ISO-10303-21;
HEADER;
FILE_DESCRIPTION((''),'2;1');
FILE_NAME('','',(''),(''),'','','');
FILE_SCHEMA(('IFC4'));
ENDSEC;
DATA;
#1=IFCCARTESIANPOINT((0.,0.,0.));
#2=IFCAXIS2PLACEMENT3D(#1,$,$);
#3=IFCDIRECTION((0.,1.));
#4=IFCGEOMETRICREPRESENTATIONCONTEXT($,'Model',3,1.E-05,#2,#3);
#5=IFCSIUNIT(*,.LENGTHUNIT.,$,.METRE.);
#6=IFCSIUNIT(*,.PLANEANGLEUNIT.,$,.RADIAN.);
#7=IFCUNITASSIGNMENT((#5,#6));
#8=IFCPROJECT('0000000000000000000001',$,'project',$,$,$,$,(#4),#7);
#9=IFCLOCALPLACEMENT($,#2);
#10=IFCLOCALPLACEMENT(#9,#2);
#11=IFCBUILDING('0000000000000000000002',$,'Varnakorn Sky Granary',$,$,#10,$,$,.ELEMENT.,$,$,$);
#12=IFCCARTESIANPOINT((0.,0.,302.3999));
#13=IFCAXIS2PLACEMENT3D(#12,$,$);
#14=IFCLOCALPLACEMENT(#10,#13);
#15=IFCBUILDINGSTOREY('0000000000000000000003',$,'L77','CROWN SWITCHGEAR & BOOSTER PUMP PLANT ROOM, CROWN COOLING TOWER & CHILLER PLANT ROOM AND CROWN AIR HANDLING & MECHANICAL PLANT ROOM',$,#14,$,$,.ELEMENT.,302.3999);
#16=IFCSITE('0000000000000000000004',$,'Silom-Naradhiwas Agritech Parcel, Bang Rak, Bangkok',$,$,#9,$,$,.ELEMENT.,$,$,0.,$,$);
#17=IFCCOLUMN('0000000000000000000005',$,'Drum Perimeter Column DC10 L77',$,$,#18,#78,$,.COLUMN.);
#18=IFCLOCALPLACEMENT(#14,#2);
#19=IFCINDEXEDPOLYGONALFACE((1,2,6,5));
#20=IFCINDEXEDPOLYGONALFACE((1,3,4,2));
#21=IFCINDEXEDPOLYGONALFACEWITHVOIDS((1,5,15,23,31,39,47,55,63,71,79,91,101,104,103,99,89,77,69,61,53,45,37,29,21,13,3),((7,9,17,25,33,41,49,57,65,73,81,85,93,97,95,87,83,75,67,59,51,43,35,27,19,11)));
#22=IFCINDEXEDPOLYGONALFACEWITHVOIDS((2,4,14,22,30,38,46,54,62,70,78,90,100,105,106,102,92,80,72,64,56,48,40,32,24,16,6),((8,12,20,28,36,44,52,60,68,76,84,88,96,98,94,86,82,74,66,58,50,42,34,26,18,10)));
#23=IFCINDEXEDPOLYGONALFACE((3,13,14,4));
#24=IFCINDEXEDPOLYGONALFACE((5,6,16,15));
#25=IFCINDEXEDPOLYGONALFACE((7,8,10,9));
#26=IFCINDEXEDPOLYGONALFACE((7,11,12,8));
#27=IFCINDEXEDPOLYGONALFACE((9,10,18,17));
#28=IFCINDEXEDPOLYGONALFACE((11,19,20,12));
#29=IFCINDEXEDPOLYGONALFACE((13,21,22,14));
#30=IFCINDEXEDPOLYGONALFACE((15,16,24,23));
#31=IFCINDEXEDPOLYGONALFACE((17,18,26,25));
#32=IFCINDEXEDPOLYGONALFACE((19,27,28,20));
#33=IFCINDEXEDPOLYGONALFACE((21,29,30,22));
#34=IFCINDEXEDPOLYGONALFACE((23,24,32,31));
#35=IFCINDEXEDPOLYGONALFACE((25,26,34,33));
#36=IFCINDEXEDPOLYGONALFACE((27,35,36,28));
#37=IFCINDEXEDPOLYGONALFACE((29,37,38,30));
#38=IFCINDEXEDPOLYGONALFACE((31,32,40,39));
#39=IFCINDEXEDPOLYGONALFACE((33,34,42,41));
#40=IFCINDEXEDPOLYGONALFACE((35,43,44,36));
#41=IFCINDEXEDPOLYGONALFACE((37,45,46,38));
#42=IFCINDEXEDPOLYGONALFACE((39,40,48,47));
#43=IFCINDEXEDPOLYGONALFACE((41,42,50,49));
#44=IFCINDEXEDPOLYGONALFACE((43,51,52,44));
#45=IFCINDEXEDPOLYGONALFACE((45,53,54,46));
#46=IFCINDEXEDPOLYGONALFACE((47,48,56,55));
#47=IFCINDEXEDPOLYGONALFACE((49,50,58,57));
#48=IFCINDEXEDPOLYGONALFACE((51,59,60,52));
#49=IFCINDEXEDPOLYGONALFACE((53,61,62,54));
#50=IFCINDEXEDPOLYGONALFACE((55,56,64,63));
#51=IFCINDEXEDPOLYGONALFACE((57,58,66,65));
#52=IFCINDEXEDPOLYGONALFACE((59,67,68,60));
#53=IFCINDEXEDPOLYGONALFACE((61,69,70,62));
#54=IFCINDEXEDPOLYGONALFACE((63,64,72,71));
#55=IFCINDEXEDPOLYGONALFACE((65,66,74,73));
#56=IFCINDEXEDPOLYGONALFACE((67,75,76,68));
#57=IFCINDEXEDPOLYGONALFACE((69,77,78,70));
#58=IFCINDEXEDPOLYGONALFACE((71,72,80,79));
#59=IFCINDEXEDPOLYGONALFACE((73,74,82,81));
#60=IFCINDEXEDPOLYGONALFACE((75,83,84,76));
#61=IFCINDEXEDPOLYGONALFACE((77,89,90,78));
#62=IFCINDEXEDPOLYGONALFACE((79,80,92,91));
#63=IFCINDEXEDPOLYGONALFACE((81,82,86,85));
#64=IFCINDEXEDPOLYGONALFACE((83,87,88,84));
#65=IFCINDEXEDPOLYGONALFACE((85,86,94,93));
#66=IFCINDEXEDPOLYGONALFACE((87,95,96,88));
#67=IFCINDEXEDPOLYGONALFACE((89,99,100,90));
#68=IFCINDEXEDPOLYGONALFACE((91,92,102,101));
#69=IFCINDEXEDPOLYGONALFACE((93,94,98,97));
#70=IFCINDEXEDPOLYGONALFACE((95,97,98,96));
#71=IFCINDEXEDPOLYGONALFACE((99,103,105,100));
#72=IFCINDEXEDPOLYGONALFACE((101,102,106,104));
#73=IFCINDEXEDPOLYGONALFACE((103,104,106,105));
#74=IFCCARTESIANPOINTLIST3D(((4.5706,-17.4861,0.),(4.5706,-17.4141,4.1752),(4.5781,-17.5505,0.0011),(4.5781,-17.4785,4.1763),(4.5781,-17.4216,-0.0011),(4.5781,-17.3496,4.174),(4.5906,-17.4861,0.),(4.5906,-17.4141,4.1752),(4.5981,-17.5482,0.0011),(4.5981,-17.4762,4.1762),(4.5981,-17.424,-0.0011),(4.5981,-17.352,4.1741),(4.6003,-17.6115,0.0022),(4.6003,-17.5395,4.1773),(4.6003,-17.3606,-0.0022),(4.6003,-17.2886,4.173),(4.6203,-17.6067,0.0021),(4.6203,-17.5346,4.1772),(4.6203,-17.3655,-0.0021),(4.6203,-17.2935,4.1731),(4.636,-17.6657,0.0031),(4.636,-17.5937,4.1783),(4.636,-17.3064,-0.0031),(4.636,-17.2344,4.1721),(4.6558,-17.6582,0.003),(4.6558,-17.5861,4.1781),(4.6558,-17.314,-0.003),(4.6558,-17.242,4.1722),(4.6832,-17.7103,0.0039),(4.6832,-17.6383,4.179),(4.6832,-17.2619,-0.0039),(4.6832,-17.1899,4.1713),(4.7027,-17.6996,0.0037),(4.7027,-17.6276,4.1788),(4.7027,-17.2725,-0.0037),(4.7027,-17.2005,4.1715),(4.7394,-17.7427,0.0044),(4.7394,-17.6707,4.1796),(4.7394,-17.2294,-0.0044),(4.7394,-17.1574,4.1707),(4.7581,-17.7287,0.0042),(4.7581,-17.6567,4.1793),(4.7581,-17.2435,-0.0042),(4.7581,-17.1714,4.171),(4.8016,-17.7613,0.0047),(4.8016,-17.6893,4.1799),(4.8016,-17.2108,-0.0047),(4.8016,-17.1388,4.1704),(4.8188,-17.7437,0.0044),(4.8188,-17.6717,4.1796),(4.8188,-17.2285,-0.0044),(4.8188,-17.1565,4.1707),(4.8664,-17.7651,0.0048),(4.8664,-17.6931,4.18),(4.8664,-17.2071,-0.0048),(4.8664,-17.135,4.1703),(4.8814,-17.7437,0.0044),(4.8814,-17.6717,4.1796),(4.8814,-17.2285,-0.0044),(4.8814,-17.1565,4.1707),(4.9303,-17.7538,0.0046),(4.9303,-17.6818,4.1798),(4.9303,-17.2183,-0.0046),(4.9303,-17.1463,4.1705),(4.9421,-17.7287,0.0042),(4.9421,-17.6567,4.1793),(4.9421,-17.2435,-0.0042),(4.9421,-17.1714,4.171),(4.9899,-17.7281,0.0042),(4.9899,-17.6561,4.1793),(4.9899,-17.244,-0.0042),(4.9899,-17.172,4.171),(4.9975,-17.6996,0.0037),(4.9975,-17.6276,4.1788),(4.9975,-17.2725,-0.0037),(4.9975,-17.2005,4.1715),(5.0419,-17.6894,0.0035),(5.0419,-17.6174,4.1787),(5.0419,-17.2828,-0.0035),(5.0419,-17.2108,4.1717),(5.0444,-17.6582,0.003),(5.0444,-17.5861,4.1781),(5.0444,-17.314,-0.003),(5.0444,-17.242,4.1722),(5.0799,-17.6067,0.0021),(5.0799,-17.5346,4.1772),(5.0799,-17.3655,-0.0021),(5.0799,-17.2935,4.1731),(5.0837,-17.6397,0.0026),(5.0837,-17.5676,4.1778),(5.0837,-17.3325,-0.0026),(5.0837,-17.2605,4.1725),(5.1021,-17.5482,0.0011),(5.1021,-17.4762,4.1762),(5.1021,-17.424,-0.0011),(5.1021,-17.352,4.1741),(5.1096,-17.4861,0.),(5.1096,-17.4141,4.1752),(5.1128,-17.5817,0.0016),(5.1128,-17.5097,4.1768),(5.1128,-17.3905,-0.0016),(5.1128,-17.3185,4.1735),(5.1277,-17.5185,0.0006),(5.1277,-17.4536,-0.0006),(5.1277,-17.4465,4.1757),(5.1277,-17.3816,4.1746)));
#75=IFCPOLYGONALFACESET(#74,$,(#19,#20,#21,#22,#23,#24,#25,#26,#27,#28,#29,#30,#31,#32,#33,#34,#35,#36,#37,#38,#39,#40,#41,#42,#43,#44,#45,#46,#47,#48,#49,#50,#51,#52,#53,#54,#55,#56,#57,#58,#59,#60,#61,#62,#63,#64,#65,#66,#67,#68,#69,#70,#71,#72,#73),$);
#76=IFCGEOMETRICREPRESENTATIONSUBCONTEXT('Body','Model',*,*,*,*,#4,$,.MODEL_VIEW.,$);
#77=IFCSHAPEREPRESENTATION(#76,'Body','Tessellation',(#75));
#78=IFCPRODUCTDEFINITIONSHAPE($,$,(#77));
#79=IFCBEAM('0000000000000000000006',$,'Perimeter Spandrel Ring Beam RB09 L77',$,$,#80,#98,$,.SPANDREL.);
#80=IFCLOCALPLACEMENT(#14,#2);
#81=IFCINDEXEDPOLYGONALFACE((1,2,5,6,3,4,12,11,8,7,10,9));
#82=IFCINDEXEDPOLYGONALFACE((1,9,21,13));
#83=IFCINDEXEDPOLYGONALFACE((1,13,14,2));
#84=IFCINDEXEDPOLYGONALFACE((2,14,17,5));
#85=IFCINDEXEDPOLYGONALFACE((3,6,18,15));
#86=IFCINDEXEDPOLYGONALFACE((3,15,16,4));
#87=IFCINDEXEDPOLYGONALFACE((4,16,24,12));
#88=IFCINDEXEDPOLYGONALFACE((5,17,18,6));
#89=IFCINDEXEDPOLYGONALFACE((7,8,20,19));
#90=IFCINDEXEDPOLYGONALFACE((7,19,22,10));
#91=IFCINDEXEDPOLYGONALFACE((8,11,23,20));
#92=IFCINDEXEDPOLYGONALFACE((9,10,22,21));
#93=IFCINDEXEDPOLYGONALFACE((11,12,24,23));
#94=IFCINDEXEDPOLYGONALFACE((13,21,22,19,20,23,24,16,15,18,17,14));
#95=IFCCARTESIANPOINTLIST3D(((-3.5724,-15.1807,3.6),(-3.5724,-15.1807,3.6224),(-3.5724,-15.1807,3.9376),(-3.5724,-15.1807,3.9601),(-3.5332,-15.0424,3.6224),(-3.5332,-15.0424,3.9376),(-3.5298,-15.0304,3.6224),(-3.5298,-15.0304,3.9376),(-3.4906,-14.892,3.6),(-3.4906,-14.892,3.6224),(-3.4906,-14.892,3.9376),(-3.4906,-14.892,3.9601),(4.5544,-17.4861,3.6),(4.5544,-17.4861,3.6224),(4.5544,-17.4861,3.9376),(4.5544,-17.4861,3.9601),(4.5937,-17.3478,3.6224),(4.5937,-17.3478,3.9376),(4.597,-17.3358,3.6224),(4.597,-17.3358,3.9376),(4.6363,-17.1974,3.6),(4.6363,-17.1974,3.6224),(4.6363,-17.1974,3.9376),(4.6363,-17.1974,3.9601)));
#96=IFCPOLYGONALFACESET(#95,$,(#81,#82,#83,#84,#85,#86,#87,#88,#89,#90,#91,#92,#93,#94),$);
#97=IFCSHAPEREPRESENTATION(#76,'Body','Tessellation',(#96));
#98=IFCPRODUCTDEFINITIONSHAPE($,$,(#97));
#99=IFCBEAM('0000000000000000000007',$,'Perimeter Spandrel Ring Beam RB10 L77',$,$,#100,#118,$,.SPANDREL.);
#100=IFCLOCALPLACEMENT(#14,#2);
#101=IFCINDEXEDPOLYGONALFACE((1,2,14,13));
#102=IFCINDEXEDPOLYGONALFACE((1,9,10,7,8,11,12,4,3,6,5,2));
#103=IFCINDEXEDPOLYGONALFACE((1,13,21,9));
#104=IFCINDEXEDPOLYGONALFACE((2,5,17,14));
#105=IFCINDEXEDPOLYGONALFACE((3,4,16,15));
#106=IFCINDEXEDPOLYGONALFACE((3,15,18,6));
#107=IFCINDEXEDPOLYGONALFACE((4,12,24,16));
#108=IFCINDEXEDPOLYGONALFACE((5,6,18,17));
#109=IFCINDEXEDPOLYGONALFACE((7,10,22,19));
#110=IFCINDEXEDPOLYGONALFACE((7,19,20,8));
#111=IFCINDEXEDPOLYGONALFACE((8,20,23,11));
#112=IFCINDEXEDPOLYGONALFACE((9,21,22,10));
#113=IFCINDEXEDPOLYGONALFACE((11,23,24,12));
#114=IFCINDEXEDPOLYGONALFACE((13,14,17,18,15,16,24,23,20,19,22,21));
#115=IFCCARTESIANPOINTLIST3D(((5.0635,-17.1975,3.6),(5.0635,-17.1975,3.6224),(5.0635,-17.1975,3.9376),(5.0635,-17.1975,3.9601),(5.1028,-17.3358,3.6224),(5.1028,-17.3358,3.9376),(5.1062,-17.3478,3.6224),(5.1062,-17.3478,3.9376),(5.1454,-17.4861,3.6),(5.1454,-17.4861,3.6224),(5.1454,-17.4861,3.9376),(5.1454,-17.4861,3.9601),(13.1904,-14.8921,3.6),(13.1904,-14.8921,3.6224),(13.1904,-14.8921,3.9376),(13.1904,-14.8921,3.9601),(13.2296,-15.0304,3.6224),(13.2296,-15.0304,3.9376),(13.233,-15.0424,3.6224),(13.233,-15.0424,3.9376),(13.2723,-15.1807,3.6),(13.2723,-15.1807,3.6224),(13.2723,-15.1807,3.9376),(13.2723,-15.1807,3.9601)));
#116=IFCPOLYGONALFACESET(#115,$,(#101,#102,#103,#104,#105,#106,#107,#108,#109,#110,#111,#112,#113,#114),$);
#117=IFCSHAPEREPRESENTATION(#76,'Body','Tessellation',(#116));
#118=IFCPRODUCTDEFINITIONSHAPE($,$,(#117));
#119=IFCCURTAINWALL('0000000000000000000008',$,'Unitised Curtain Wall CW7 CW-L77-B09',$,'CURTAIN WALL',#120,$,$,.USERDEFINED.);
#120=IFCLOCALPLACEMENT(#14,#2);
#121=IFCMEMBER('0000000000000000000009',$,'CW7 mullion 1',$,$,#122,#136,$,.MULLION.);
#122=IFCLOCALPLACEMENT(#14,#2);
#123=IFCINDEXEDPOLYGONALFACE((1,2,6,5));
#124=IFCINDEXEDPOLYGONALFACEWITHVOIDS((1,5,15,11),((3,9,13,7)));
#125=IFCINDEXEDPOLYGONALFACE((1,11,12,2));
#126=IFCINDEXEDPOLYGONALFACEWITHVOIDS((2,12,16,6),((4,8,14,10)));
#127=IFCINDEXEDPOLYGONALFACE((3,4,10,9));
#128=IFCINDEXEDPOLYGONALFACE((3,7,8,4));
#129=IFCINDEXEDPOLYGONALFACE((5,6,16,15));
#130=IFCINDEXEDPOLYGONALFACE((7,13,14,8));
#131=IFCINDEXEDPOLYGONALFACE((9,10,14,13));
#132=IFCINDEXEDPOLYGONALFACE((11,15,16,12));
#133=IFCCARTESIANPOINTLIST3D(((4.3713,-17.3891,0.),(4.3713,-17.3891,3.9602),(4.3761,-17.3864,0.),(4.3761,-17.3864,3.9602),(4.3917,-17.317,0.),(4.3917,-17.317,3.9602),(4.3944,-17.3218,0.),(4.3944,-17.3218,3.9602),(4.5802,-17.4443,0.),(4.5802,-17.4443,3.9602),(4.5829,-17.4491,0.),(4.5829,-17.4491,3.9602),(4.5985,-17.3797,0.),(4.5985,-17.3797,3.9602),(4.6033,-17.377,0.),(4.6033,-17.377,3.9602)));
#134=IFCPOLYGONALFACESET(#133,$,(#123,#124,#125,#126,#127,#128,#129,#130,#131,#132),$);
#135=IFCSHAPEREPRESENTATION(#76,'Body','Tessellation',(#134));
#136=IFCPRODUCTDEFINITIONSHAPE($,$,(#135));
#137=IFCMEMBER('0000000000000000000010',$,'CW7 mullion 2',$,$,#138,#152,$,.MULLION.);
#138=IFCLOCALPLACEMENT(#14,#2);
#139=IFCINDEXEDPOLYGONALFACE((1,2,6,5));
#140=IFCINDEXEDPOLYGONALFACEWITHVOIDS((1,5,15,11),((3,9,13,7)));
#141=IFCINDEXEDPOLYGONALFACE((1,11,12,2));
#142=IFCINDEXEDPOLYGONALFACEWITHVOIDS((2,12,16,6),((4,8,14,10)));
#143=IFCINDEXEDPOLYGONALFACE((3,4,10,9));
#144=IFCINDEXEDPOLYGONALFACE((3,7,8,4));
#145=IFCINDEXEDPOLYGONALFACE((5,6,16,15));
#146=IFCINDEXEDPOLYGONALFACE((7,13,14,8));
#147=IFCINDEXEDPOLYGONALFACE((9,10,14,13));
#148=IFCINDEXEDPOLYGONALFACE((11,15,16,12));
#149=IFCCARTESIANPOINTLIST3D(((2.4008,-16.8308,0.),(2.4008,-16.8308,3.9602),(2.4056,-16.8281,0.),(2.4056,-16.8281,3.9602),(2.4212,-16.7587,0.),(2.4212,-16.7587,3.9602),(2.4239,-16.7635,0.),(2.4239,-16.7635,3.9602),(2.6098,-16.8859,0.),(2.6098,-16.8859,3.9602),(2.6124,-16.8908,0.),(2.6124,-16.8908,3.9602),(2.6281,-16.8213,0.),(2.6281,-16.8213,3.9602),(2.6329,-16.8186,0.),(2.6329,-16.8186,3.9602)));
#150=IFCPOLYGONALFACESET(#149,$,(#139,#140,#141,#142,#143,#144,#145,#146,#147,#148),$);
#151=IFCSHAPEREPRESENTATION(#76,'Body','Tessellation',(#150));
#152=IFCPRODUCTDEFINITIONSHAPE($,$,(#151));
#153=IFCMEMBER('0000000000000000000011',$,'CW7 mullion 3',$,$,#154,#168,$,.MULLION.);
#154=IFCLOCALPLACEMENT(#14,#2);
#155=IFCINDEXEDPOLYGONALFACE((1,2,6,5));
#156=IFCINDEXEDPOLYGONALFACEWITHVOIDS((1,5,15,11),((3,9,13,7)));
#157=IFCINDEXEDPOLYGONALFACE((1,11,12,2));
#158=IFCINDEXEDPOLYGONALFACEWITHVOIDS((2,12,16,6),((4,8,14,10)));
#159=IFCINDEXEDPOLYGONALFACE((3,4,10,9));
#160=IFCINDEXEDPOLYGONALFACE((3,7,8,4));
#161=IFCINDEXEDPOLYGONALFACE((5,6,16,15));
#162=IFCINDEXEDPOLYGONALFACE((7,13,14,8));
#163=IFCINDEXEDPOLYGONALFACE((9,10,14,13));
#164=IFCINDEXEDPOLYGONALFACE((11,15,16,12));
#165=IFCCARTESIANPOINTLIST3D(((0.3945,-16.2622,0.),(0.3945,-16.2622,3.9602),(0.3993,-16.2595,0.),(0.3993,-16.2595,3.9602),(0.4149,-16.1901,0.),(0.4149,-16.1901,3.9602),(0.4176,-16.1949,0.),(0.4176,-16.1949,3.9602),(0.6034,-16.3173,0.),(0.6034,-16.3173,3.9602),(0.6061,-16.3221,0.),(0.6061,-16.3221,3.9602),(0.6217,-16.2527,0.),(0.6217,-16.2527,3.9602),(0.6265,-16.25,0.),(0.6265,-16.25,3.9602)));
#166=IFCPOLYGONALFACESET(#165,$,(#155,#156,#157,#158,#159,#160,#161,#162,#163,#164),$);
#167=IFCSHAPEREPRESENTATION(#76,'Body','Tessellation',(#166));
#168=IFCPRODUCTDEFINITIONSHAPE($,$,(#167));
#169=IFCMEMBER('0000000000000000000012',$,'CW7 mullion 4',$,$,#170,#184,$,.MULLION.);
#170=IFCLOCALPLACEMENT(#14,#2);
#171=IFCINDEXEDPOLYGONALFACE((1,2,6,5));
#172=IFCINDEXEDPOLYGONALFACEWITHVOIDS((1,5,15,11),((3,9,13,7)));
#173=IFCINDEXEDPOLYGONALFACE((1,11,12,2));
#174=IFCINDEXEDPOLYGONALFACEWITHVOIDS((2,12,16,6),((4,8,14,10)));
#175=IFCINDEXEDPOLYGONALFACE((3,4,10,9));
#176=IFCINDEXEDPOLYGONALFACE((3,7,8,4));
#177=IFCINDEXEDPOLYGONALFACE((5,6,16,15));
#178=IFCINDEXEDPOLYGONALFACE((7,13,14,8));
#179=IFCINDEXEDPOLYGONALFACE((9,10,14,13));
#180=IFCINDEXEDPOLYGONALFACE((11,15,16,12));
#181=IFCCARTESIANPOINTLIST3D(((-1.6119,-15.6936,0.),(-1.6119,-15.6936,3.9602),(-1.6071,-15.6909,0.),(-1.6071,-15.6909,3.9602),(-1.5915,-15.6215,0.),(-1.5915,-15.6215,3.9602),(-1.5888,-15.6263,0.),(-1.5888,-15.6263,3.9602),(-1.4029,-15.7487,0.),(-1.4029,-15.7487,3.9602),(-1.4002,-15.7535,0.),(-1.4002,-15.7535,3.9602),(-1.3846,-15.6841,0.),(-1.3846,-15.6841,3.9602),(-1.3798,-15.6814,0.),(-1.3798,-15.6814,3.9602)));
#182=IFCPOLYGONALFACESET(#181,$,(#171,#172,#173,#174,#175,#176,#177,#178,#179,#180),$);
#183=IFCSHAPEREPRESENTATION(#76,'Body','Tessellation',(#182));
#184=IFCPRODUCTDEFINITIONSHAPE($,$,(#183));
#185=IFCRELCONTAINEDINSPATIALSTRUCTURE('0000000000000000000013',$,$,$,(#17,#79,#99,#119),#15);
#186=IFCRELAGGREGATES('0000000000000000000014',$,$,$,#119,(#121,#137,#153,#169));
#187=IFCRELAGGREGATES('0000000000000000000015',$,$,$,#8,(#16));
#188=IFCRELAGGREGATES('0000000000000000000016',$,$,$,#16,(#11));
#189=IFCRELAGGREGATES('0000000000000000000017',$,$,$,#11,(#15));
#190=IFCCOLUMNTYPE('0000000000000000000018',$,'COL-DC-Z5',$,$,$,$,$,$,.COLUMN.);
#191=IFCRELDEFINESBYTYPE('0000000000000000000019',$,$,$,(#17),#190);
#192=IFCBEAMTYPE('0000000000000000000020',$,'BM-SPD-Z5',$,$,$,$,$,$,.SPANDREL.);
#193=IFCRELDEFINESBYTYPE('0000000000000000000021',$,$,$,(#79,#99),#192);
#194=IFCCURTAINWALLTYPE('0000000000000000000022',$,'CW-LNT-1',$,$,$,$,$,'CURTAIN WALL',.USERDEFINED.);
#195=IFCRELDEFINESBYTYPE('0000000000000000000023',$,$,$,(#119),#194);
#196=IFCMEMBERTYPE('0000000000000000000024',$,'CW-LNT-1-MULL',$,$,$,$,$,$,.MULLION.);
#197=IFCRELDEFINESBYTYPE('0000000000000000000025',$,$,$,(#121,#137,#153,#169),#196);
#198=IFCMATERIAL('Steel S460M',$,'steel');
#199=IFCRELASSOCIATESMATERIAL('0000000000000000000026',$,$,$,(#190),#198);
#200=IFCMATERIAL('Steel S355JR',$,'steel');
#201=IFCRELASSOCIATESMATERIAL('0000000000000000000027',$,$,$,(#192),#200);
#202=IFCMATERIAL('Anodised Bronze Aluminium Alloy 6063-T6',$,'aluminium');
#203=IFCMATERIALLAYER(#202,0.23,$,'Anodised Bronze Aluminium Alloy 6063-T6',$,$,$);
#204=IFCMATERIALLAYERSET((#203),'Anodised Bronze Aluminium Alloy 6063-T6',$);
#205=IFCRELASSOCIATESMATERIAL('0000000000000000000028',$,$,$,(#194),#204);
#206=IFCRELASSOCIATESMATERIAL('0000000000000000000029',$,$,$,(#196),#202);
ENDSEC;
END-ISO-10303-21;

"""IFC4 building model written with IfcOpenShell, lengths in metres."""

from ifc_helpers import new_model, si_unit, direction, frame, origin, origin_2d, place, context, subcontext, project, spatial, hollow_rectangle, hollow_circle, i_section, extrude, material, layer, layer_set, material_profile, profile_set, type_object, element, aggregate, save


model = new_model("IFC4")

# Units and contexts
model_context = context("Model", 3, precision=1e-05, world=origin(), true_north=direction((0.0, 1.0)))
body_context = subcontext(model_context, "Body", "Model", "MODEL_VIEW")
ifc_project = project(units=[si_unit("LENGTHUNIT", "METRE"), si_unit("PLANEANGLEUNIT", "RADIAN")], contexts=[model_context])

# Site, building, storey
site_placement = place(None, origin())
site = spatial("IfcSite", under=ifc_project, at=site_placement, Name="Silom-Naradhiwas Agritech Parcel, Bang Rak, Bangkok", CompositionType="ELEMENT", RefElevation=0.0)
building_placement = place(site_placement, origin())
building = spatial("IfcBuilding", under=site, at=building_placement, Name="Varnakorn Sky Granary", CompositionType="ELEMENT")
storey_placement = place(building_placement, frame((0.0, 0.0, 302.3999)))
storey = spatial("IfcBuildingStorey", under=building, at=storey_placement, Name="L77", Description="CROWN SWITCHGEAR & BOOSTER PUMP PLANT ROOM, CROWN COOLING TOWER & CHILLER PLANT ROOM AND CROWN AIR HANDLING & MECHANICAL PLANT ROOM", CompositionType="ELEMENT", Elevation=302.3999)

# Column
ifc_material_1 = material(Name="Steel S460M", Category="steel")
ifc_material_profile_1 = material_profile(ifc_material_1, hollow_circle(Radius=0.2795, WallThickness=0.02, at=origin_2d()), Name="CHS 559x20")
ifc_profile_set_1 = profile_set([ifc_material_profile_1], Name="Steel S460M")
column_type = type_object("IfcColumnType", Name="COL-DC-Z5", PredefinedType="COLUMN", material=ifc_profile_set_1)
column_placement = place(storey_placement, frame((4.8501, -17.4861, 0.0), z_axis=(0.0, 0.017248, 0.999851), x_axis=(-1.0, 0.0, 0.0)))
element("IfcColumn", 1, at=column_placement, inside=storey, type_object=column_type, Name="Drum Perimeter Column DC10 L77", PredefinedType="COLUMN", context=body_context, shape_type="SweptSolid", body=[
    extrude(hollow_circle(Radius=0.2795, WallThickness=0.02, at=origin_2d()), origin(), (0.0, 0.0, 1.0), 4.1758),
])

# Beams
ifc_material_2 = material(Name="Steel S355JR", Category="steel")
ifc_material_profile_2 = material_profile(ifc_material_2, i_section(OverallWidth=0.3, OverallDepth=0.3601, WebThickness=0.0125, FlangeThickness=0.0225, at=origin_2d()), Name="HE 360 B")
ifc_profile_set_2 = profile_set([ifc_material_profile_2], Name="Steel S355JR")
beam_type = type_object("IfcBeamType", Name="BM-SPD-Z5", PredefinedType="SPANDREL", material=ifc_profile_set_2)
for number, where, z_axis, x_axis, name in (
    (2, (-3.5315, -15.0364, 3.78), (0.96204, -0.272908, 0.0), (0.272908, 0.96204, 0.0), "Perimeter Spandrel Ring Beam RB09 L77"),
    (3, (5.1045, -17.3418, 3.78), (0.96204, 0.272908, 0.0), (-0.272908, 0.96204, 0.0), "Perimeter Spandrel Ring Beam RB10 L77"),
):
    element("IfcBeam", number, at=place(storey_placement, frame(where, z_axis=z_axis, x_axis=x_axis)), inside=storey, type_object=beam_type, Name=name, PredefinedType="SPANDREL", context=body_context, shape_type="SweptSolid", body=[
        extrude(i_section(OverallWidth=0.3, OverallDepth=0.3601, WebThickness=0.0125, FlangeThickness=0.0225, at=origin_2d()), origin(), (0.0, 0.0, 1.0), 8.4475),
    ])

# Curtain wall, members
ifc_material_3 = material(Name="Anodised Bronze Aluminium Alloy 6063-T6", Category="aluminium")
ifc_layer_1 = layer(ifc_material_3, 0.23, Name="Anodised Bronze Aluminium Alloy 6063-T6")
ifc_layer_set_1 = layer_set([ifc_layer_1], Name="Anodised Bronze Aluminium Alloy 6063-T6")
curtain_wall_type = type_object("IfcCurtainWallType", Name="CW-LNT-1", ElementType="CURTAIN WALL", PredefinedType="USERDEFINED", material=ifc_layer_set_1)
curtain_wall_1_placement = place(storey_placement, origin())
curtain_wall_1 = element("IfcCurtainWall", 4, at=curtain_wall_1_placement, inside=storey, type_object=curtain_wall_type, Name="Unitised Curtain Wall CW7 CW-L77-B09", ObjectType="CURTAIN WALL", PredefinedType="USERDEFINED")
ifc_material_profile_3 = material_profile(ifc_material_3, hollow_rectangle(XDim=0.075, YDim=0.22, WallThickness=0.0039, at=origin_2d()), Name="ALU MULL 75x220")
ifc_profile_set_3 = profile_set([ifc_material_profile_3], Name="Anodised Bronze Aluminium Alloy 6063-T6")
member_type_1 = type_object("IfcMemberType", Name="CW-LNT-1-MULL", PredefinedType="MULLION", material=ifc_profile_set_3)
member_1_placement = place(storey_placement, frame((4.4873, -17.3831, 0.0), z_axis=(0.0, 0.0, 1.0), x_axis=(-0.27265, -0.962113, 0.0)))
member_1 = element("IfcMember", 5, at=member_1_placement, type_object=member_type_1, Name="CW7 mullion 1", PredefinedType="MULLION", context=body_context, shape_type="SweptSolid", body=[
    extrude(hollow_rectangle(XDim=0.075, YDim=0.22, WallThickness=0.0039, at=origin_2d()), origin(), (0.0, 0.0, 1.0), 3.9602),
])
member_2_placement = place(storey_placement, frame((2.5168, -16.8247, 0.0), z_axis=(0.0, 0.0, 1.0), x_axis=(-0.27265, -0.962113, 0.0)))
member_2 = element("IfcMember", 6, at=member_2_placement, type_object=member_type_1, Name="CW7 mullion 2", PredefinedType="MULLION", context=body_context, shape_type="SweptSolid", body=[
    extrude(hollow_rectangle(XDim=0.075, YDim=0.22, WallThickness=0.0039, at=origin_2d()), origin(), (0.0, 0.0, 1.0), 3.9602),
])
member_3_placement = place(storey_placement, frame((0.5105, -16.2561, 0.0), z_axis=(0.0, 0.0, 1.0), x_axis=(-0.27265, -0.962113, 0.0)))
member_3 = element("IfcMember", 7, at=member_3_placement, type_object=member_type_1, Name="CW7 mullion 3", PredefinedType="MULLION", context=body_context, shape_type="SweptSolid", body=[
    extrude(hollow_rectangle(XDim=0.075, YDim=0.22, WallThickness=0.0039, at=origin_2d()), origin(), (0.0, 0.0, 1.0), 3.9602),
])
member_4_placement = place(storey_placement, frame((-1.4958, -15.6875, 0.0), z_axis=(0.0, 0.0, 1.0), x_axis=(-0.27265, -0.962113, 0.0)))
member_4 = element("IfcMember", 8, at=member_4_placement, type_object=member_type_1, Name="CW7 mullion 4", PredefinedType="MULLION", context=body_context, shape_type="SweptSolid", body=[
    extrude(hollow_rectangle(XDim=0.075, YDim=0.22, WallThickness=0.0039, at=origin_2d()), origin(), (0.0, 0.0, 1.0), 3.9602),
])

aggregate(curtain_wall_1, [member_1, member_2, member_3, member_4])

save(model, "model.ifc")
